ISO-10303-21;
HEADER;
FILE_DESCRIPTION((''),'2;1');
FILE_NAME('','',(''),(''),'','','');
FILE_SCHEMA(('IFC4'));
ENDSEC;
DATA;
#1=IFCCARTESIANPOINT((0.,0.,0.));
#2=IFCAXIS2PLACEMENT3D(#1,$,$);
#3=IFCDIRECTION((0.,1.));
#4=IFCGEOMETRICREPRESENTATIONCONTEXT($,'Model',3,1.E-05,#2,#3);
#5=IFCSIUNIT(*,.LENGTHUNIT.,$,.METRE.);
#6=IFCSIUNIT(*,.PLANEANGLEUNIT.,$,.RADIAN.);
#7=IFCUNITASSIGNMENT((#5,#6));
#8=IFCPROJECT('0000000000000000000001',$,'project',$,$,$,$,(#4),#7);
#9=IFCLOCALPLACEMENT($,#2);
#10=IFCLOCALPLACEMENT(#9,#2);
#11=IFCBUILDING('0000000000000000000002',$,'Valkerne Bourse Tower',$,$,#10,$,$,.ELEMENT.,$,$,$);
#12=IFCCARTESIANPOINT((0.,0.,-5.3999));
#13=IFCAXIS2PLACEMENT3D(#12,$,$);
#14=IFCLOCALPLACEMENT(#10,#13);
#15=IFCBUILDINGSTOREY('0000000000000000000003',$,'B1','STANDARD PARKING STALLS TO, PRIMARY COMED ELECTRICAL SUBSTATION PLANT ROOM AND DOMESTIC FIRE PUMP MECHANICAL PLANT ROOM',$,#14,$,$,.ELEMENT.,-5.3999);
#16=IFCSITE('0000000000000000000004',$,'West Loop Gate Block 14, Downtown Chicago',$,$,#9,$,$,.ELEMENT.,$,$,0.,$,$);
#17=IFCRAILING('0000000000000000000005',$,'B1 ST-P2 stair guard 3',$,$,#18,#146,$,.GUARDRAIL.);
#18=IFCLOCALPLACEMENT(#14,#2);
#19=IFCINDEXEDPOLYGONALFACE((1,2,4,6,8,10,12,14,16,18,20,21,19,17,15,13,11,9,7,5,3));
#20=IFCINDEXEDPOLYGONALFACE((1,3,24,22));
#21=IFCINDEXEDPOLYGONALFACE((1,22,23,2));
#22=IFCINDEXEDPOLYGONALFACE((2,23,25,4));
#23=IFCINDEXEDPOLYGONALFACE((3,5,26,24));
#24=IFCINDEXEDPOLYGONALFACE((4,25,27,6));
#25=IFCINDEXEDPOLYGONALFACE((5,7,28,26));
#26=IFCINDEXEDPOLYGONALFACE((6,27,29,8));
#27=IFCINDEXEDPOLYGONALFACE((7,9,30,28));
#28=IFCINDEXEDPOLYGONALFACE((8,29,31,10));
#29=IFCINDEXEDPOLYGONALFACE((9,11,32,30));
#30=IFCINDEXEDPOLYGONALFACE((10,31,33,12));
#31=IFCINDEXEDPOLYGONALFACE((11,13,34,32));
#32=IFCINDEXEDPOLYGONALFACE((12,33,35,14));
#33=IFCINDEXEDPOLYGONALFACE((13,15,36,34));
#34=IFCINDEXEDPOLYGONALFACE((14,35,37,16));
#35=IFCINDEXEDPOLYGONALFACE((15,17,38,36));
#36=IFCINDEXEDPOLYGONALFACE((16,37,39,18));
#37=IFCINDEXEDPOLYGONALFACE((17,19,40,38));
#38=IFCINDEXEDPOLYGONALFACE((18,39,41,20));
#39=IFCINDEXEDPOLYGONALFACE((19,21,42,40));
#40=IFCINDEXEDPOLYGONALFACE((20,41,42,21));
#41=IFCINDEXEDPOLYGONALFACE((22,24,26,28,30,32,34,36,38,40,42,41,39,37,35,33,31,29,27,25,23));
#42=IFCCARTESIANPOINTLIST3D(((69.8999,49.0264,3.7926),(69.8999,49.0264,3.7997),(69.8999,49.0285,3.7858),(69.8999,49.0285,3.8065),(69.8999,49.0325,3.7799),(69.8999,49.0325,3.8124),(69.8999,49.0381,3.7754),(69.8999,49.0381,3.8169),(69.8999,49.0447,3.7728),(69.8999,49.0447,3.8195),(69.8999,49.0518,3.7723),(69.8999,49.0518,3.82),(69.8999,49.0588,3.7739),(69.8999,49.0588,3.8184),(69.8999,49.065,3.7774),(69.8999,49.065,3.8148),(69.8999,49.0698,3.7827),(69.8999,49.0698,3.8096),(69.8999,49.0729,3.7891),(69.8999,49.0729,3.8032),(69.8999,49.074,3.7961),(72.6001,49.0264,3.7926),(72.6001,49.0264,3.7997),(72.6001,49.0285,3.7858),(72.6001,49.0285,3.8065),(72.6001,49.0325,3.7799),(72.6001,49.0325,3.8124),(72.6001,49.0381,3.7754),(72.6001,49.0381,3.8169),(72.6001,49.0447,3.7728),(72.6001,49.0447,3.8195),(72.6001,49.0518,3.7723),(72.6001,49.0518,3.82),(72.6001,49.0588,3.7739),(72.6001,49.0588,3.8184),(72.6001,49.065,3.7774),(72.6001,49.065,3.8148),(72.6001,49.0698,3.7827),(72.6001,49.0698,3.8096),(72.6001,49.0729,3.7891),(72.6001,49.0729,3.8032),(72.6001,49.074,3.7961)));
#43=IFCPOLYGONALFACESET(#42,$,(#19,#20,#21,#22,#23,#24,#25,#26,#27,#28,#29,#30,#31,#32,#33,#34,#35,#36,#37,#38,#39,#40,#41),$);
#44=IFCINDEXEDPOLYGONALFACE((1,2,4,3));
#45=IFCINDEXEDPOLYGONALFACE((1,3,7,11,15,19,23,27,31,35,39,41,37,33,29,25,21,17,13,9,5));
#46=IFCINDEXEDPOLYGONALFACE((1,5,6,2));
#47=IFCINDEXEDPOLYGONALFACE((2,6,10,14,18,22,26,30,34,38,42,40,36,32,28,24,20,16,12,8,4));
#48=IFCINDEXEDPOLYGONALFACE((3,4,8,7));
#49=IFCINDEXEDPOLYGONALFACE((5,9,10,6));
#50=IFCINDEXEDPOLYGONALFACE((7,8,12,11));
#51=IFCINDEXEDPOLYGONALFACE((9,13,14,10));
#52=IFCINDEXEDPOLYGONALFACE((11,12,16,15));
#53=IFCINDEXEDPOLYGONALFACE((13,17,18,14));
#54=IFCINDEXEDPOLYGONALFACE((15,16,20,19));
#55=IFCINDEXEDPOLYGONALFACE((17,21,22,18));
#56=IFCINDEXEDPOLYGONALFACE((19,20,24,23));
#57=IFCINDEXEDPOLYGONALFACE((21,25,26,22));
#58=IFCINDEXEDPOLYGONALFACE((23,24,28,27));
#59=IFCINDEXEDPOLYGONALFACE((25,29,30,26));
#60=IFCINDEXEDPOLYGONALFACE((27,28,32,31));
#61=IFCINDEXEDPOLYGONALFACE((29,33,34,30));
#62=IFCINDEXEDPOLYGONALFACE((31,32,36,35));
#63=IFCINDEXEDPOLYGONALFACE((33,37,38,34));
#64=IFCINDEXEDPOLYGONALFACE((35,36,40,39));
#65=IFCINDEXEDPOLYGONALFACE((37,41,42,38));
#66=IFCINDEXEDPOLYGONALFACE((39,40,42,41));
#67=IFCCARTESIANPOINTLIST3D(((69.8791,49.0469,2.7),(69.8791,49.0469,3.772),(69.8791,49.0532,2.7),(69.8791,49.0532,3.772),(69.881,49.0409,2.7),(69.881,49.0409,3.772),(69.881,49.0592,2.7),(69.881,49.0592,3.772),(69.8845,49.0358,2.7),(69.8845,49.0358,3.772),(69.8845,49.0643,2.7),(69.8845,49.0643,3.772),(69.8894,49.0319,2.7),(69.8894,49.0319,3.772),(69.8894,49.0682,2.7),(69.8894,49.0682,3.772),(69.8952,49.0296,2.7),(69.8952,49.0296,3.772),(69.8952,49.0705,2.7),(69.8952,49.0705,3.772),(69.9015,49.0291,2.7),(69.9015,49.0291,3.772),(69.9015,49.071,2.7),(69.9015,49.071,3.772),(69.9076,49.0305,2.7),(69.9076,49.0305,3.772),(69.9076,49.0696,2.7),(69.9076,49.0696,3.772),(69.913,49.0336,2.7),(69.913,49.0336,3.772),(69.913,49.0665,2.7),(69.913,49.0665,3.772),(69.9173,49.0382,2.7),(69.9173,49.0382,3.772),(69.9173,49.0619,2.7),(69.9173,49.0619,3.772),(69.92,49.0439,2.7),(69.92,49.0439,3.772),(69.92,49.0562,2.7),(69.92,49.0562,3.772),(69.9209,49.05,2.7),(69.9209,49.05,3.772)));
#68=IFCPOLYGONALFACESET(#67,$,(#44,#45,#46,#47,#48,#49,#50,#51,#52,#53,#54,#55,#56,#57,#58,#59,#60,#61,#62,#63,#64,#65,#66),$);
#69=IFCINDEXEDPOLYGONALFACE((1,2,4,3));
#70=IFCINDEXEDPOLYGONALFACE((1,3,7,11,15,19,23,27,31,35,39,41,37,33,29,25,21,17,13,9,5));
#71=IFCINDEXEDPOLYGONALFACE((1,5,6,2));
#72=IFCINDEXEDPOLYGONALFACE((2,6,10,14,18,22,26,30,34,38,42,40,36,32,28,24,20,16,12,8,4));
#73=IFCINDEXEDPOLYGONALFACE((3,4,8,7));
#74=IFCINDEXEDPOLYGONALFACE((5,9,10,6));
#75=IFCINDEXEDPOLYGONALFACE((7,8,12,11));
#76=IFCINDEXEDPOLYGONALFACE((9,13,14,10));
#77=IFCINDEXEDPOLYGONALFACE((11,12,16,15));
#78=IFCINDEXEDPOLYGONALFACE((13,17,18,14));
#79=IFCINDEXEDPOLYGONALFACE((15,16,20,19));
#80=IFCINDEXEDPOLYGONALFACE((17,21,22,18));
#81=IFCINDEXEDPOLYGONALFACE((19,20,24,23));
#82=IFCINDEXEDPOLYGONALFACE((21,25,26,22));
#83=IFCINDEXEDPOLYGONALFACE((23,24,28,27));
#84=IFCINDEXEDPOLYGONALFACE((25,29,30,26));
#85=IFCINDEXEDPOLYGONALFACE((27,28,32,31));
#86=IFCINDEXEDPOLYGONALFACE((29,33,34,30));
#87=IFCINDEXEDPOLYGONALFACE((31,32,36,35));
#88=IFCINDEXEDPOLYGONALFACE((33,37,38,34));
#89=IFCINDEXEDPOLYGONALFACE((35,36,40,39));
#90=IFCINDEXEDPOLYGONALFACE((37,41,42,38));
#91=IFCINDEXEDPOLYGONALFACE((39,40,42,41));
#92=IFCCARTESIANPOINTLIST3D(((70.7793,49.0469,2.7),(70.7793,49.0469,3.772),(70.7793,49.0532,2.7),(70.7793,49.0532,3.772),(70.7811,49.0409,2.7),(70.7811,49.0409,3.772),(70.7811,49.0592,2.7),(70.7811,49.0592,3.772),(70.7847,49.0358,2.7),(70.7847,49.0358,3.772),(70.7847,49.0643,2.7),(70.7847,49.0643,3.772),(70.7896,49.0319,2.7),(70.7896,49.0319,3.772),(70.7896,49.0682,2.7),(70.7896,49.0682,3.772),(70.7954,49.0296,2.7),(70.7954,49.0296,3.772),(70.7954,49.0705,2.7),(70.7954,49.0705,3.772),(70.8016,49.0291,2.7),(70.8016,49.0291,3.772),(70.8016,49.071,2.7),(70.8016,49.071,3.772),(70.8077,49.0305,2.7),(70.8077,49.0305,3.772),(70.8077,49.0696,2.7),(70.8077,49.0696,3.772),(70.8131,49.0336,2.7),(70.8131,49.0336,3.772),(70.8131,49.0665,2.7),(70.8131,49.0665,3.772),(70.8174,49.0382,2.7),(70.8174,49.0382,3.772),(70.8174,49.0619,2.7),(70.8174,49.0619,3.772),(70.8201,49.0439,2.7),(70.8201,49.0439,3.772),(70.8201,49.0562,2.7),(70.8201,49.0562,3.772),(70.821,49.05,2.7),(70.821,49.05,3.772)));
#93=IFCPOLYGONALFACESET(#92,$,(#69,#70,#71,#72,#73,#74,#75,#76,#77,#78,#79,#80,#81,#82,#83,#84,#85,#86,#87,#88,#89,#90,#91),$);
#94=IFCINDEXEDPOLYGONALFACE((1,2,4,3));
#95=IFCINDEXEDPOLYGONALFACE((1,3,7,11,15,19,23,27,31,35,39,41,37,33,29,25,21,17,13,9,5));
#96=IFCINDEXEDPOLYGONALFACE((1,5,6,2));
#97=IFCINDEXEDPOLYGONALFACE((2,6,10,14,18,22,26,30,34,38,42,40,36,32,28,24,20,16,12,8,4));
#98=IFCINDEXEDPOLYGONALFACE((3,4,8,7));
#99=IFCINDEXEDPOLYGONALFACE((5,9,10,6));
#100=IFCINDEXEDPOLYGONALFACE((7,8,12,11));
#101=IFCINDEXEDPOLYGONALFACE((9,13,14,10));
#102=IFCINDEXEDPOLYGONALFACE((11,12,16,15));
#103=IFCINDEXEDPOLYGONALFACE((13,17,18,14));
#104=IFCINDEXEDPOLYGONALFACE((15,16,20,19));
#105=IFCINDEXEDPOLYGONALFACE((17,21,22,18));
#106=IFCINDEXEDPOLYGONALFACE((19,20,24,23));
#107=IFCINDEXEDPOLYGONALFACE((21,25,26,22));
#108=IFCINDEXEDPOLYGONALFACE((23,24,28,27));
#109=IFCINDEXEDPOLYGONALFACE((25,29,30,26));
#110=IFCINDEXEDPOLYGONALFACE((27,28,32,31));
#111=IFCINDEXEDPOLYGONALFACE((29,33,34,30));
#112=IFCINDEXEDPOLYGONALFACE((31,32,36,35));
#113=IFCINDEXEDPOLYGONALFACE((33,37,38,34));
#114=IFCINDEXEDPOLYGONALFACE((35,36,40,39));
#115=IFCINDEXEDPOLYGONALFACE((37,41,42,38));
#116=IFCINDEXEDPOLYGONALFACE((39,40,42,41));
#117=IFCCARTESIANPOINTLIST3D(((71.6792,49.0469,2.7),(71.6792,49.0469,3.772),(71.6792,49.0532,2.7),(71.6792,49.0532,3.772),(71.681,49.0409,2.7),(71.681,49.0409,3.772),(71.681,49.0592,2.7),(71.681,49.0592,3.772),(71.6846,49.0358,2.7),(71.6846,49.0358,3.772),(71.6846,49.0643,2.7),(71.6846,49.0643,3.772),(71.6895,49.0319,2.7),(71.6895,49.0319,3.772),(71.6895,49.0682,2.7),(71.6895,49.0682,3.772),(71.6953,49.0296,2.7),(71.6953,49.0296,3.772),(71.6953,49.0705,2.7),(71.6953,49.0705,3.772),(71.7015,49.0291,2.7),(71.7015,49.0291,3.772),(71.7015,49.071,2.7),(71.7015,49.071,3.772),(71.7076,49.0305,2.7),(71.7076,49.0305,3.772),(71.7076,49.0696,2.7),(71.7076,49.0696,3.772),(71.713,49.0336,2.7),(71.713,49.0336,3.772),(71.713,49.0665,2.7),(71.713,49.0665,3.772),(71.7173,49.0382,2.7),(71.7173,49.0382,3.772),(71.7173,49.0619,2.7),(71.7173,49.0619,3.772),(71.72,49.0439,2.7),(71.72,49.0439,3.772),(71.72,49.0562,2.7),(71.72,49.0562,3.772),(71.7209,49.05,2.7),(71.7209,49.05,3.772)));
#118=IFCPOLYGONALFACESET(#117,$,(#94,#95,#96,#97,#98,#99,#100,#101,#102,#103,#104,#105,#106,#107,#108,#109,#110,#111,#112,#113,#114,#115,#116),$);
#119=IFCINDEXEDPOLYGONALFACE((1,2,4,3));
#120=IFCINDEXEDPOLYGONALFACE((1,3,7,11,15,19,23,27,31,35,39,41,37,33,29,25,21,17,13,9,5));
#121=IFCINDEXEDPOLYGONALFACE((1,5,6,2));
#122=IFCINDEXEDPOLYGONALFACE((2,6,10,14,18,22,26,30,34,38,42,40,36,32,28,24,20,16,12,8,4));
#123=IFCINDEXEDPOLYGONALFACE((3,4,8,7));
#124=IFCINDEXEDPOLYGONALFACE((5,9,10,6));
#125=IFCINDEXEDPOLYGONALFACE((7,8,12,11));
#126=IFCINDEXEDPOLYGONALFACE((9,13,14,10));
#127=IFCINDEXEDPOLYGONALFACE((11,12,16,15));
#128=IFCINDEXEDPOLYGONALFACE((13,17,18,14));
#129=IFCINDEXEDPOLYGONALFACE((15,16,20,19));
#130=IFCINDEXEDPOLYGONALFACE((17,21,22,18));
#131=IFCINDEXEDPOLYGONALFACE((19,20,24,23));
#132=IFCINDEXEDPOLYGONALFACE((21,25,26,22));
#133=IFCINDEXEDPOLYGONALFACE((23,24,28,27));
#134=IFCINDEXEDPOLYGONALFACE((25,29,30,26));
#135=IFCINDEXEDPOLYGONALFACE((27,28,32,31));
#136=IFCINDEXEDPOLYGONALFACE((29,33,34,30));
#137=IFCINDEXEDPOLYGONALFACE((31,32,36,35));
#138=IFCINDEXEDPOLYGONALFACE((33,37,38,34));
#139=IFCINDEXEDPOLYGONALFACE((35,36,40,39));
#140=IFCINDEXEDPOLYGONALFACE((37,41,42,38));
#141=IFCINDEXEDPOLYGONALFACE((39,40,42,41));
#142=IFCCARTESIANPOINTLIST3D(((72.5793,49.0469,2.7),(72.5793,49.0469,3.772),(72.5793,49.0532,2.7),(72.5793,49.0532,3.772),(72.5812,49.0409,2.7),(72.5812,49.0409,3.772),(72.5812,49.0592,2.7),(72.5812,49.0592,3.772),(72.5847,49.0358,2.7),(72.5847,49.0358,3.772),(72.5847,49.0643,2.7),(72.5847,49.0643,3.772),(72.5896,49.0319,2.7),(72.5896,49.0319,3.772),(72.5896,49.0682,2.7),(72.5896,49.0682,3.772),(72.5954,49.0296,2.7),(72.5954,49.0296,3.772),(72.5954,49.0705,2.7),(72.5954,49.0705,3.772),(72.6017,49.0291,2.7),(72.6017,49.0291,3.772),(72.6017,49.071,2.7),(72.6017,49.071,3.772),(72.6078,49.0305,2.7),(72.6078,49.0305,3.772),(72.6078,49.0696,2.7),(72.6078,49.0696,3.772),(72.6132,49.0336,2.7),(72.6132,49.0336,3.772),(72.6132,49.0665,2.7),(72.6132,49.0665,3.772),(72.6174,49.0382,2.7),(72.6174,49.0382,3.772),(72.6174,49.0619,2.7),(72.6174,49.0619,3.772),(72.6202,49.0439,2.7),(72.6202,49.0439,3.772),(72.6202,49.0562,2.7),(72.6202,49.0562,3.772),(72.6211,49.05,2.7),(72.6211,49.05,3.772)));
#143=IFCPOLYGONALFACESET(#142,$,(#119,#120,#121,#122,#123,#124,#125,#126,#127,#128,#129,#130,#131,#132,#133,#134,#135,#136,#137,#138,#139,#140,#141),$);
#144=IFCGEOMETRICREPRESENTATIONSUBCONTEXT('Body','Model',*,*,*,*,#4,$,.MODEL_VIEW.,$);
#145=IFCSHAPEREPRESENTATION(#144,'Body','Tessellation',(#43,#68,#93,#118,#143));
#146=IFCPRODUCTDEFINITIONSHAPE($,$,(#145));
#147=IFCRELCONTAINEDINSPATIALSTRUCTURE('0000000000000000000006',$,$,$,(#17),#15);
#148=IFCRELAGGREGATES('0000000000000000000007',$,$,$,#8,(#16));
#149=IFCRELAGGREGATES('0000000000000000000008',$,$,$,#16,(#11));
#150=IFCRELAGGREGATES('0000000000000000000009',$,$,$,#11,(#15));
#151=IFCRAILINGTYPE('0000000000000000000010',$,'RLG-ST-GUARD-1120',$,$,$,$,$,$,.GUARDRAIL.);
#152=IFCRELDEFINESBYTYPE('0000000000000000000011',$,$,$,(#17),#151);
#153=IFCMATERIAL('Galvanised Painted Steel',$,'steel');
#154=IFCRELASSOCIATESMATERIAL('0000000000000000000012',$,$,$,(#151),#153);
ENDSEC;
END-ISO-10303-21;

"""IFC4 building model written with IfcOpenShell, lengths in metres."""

from ifc_helpers import new_model, si_unit, direction, frame, origin, origin_2d, place, context, subcontext, project, spatial, circle, extrude, material, type_object, element, save


model = new_model("IFC4")

# Units and contexts
model_context = context("Model", 3, precision=1e-05, world=origin(), true_north=direction((0.0, 1.0)))
body_context = subcontext(model_context, "Body", "Model", "MODEL_VIEW")
ifc_project = project(units=[si_unit("LENGTHUNIT", "METRE"), si_unit("PLANEANGLEUNIT", "RADIAN")], contexts=[model_context])

# Site, building, storey
site_placement = place(None, origin())
site = spatial("IfcSite", under=ifc_project, at=site_placement, Name="West Loop Gate Block 14, Downtown Chicago", CompositionType="ELEMENT", RefElevation=0.0)
building_placement = place(site_placement, origin())
building = spatial("IfcBuilding", under=site, at=building_placement, Name="Valkerne Bourse Tower", CompositionType="ELEMENT")
storey_placement = place(building_placement, frame((0.0, 0.0, -5.3999)))
storey = spatial("IfcBuildingStorey", under=building, at=storey_placement, Name="B1", Description="STANDARD PARKING STALLS TO, PRIMARY COMED ELECTRICAL SUBSTATION PLANT ROOM AND DOMESTIC FIRE PUMP MECHANICAL PLANT ROOM", CompositionType="ELEMENT", Elevation=-5.3999)

# Shared definitions
ifc_material_1 = material(Name="Galvanised Painted Steel", Category="steel")

# Railing
railing_type_1 = type_object("IfcRailingType", Name="RLG-ST-GUARD-1120", PredefinedType="GUARDRAIL", material=ifc_material_1)
for number, where, name in (
    (1, (69.8999, 49.05, 2.7), "B1 ST-P2 stair guard 3"),
):
    element("IfcRailing", number, at=place(storey_placement, frame(where)), inside=storey, type_object=railing_type_1, Name=name, PredefinedType="GUARDRAIL", context=body_context, shape_type="SweptSolid", body=[
        extrude(circle(Radius=0.0239, at=origin_2d()), frame((0.0, 0.0, 1.0962), z_axis=(1.0, 0.0, 0.0), x_axis=(0.0, 1.0, 0.0)), (0.0, 0.0, 1.0), 2.7002),
        extrude(circle(Radius=0.021, at=origin_2d()), origin(), (0.0, 0.0, 1.0), 1.072),
        extrude(circle(Radius=0.021, at=origin_2d()), frame((0.9001, 0.0, 0.0)), (0.0, 0.0, 1.0), 1.072),
        extrude(circle(Radius=0.021, at=origin_2d()), frame((1.8, 0.0, 0.0)), (0.0, 0.0, 1.0), 1.072),
        extrude(circle(Radius=0.021, at=origin_2d()), frame((2.7002, 0.0, 0.0)), (0.0, 0.0, 1.0), 1.072),
    ])

save(model, "model.ifc")
